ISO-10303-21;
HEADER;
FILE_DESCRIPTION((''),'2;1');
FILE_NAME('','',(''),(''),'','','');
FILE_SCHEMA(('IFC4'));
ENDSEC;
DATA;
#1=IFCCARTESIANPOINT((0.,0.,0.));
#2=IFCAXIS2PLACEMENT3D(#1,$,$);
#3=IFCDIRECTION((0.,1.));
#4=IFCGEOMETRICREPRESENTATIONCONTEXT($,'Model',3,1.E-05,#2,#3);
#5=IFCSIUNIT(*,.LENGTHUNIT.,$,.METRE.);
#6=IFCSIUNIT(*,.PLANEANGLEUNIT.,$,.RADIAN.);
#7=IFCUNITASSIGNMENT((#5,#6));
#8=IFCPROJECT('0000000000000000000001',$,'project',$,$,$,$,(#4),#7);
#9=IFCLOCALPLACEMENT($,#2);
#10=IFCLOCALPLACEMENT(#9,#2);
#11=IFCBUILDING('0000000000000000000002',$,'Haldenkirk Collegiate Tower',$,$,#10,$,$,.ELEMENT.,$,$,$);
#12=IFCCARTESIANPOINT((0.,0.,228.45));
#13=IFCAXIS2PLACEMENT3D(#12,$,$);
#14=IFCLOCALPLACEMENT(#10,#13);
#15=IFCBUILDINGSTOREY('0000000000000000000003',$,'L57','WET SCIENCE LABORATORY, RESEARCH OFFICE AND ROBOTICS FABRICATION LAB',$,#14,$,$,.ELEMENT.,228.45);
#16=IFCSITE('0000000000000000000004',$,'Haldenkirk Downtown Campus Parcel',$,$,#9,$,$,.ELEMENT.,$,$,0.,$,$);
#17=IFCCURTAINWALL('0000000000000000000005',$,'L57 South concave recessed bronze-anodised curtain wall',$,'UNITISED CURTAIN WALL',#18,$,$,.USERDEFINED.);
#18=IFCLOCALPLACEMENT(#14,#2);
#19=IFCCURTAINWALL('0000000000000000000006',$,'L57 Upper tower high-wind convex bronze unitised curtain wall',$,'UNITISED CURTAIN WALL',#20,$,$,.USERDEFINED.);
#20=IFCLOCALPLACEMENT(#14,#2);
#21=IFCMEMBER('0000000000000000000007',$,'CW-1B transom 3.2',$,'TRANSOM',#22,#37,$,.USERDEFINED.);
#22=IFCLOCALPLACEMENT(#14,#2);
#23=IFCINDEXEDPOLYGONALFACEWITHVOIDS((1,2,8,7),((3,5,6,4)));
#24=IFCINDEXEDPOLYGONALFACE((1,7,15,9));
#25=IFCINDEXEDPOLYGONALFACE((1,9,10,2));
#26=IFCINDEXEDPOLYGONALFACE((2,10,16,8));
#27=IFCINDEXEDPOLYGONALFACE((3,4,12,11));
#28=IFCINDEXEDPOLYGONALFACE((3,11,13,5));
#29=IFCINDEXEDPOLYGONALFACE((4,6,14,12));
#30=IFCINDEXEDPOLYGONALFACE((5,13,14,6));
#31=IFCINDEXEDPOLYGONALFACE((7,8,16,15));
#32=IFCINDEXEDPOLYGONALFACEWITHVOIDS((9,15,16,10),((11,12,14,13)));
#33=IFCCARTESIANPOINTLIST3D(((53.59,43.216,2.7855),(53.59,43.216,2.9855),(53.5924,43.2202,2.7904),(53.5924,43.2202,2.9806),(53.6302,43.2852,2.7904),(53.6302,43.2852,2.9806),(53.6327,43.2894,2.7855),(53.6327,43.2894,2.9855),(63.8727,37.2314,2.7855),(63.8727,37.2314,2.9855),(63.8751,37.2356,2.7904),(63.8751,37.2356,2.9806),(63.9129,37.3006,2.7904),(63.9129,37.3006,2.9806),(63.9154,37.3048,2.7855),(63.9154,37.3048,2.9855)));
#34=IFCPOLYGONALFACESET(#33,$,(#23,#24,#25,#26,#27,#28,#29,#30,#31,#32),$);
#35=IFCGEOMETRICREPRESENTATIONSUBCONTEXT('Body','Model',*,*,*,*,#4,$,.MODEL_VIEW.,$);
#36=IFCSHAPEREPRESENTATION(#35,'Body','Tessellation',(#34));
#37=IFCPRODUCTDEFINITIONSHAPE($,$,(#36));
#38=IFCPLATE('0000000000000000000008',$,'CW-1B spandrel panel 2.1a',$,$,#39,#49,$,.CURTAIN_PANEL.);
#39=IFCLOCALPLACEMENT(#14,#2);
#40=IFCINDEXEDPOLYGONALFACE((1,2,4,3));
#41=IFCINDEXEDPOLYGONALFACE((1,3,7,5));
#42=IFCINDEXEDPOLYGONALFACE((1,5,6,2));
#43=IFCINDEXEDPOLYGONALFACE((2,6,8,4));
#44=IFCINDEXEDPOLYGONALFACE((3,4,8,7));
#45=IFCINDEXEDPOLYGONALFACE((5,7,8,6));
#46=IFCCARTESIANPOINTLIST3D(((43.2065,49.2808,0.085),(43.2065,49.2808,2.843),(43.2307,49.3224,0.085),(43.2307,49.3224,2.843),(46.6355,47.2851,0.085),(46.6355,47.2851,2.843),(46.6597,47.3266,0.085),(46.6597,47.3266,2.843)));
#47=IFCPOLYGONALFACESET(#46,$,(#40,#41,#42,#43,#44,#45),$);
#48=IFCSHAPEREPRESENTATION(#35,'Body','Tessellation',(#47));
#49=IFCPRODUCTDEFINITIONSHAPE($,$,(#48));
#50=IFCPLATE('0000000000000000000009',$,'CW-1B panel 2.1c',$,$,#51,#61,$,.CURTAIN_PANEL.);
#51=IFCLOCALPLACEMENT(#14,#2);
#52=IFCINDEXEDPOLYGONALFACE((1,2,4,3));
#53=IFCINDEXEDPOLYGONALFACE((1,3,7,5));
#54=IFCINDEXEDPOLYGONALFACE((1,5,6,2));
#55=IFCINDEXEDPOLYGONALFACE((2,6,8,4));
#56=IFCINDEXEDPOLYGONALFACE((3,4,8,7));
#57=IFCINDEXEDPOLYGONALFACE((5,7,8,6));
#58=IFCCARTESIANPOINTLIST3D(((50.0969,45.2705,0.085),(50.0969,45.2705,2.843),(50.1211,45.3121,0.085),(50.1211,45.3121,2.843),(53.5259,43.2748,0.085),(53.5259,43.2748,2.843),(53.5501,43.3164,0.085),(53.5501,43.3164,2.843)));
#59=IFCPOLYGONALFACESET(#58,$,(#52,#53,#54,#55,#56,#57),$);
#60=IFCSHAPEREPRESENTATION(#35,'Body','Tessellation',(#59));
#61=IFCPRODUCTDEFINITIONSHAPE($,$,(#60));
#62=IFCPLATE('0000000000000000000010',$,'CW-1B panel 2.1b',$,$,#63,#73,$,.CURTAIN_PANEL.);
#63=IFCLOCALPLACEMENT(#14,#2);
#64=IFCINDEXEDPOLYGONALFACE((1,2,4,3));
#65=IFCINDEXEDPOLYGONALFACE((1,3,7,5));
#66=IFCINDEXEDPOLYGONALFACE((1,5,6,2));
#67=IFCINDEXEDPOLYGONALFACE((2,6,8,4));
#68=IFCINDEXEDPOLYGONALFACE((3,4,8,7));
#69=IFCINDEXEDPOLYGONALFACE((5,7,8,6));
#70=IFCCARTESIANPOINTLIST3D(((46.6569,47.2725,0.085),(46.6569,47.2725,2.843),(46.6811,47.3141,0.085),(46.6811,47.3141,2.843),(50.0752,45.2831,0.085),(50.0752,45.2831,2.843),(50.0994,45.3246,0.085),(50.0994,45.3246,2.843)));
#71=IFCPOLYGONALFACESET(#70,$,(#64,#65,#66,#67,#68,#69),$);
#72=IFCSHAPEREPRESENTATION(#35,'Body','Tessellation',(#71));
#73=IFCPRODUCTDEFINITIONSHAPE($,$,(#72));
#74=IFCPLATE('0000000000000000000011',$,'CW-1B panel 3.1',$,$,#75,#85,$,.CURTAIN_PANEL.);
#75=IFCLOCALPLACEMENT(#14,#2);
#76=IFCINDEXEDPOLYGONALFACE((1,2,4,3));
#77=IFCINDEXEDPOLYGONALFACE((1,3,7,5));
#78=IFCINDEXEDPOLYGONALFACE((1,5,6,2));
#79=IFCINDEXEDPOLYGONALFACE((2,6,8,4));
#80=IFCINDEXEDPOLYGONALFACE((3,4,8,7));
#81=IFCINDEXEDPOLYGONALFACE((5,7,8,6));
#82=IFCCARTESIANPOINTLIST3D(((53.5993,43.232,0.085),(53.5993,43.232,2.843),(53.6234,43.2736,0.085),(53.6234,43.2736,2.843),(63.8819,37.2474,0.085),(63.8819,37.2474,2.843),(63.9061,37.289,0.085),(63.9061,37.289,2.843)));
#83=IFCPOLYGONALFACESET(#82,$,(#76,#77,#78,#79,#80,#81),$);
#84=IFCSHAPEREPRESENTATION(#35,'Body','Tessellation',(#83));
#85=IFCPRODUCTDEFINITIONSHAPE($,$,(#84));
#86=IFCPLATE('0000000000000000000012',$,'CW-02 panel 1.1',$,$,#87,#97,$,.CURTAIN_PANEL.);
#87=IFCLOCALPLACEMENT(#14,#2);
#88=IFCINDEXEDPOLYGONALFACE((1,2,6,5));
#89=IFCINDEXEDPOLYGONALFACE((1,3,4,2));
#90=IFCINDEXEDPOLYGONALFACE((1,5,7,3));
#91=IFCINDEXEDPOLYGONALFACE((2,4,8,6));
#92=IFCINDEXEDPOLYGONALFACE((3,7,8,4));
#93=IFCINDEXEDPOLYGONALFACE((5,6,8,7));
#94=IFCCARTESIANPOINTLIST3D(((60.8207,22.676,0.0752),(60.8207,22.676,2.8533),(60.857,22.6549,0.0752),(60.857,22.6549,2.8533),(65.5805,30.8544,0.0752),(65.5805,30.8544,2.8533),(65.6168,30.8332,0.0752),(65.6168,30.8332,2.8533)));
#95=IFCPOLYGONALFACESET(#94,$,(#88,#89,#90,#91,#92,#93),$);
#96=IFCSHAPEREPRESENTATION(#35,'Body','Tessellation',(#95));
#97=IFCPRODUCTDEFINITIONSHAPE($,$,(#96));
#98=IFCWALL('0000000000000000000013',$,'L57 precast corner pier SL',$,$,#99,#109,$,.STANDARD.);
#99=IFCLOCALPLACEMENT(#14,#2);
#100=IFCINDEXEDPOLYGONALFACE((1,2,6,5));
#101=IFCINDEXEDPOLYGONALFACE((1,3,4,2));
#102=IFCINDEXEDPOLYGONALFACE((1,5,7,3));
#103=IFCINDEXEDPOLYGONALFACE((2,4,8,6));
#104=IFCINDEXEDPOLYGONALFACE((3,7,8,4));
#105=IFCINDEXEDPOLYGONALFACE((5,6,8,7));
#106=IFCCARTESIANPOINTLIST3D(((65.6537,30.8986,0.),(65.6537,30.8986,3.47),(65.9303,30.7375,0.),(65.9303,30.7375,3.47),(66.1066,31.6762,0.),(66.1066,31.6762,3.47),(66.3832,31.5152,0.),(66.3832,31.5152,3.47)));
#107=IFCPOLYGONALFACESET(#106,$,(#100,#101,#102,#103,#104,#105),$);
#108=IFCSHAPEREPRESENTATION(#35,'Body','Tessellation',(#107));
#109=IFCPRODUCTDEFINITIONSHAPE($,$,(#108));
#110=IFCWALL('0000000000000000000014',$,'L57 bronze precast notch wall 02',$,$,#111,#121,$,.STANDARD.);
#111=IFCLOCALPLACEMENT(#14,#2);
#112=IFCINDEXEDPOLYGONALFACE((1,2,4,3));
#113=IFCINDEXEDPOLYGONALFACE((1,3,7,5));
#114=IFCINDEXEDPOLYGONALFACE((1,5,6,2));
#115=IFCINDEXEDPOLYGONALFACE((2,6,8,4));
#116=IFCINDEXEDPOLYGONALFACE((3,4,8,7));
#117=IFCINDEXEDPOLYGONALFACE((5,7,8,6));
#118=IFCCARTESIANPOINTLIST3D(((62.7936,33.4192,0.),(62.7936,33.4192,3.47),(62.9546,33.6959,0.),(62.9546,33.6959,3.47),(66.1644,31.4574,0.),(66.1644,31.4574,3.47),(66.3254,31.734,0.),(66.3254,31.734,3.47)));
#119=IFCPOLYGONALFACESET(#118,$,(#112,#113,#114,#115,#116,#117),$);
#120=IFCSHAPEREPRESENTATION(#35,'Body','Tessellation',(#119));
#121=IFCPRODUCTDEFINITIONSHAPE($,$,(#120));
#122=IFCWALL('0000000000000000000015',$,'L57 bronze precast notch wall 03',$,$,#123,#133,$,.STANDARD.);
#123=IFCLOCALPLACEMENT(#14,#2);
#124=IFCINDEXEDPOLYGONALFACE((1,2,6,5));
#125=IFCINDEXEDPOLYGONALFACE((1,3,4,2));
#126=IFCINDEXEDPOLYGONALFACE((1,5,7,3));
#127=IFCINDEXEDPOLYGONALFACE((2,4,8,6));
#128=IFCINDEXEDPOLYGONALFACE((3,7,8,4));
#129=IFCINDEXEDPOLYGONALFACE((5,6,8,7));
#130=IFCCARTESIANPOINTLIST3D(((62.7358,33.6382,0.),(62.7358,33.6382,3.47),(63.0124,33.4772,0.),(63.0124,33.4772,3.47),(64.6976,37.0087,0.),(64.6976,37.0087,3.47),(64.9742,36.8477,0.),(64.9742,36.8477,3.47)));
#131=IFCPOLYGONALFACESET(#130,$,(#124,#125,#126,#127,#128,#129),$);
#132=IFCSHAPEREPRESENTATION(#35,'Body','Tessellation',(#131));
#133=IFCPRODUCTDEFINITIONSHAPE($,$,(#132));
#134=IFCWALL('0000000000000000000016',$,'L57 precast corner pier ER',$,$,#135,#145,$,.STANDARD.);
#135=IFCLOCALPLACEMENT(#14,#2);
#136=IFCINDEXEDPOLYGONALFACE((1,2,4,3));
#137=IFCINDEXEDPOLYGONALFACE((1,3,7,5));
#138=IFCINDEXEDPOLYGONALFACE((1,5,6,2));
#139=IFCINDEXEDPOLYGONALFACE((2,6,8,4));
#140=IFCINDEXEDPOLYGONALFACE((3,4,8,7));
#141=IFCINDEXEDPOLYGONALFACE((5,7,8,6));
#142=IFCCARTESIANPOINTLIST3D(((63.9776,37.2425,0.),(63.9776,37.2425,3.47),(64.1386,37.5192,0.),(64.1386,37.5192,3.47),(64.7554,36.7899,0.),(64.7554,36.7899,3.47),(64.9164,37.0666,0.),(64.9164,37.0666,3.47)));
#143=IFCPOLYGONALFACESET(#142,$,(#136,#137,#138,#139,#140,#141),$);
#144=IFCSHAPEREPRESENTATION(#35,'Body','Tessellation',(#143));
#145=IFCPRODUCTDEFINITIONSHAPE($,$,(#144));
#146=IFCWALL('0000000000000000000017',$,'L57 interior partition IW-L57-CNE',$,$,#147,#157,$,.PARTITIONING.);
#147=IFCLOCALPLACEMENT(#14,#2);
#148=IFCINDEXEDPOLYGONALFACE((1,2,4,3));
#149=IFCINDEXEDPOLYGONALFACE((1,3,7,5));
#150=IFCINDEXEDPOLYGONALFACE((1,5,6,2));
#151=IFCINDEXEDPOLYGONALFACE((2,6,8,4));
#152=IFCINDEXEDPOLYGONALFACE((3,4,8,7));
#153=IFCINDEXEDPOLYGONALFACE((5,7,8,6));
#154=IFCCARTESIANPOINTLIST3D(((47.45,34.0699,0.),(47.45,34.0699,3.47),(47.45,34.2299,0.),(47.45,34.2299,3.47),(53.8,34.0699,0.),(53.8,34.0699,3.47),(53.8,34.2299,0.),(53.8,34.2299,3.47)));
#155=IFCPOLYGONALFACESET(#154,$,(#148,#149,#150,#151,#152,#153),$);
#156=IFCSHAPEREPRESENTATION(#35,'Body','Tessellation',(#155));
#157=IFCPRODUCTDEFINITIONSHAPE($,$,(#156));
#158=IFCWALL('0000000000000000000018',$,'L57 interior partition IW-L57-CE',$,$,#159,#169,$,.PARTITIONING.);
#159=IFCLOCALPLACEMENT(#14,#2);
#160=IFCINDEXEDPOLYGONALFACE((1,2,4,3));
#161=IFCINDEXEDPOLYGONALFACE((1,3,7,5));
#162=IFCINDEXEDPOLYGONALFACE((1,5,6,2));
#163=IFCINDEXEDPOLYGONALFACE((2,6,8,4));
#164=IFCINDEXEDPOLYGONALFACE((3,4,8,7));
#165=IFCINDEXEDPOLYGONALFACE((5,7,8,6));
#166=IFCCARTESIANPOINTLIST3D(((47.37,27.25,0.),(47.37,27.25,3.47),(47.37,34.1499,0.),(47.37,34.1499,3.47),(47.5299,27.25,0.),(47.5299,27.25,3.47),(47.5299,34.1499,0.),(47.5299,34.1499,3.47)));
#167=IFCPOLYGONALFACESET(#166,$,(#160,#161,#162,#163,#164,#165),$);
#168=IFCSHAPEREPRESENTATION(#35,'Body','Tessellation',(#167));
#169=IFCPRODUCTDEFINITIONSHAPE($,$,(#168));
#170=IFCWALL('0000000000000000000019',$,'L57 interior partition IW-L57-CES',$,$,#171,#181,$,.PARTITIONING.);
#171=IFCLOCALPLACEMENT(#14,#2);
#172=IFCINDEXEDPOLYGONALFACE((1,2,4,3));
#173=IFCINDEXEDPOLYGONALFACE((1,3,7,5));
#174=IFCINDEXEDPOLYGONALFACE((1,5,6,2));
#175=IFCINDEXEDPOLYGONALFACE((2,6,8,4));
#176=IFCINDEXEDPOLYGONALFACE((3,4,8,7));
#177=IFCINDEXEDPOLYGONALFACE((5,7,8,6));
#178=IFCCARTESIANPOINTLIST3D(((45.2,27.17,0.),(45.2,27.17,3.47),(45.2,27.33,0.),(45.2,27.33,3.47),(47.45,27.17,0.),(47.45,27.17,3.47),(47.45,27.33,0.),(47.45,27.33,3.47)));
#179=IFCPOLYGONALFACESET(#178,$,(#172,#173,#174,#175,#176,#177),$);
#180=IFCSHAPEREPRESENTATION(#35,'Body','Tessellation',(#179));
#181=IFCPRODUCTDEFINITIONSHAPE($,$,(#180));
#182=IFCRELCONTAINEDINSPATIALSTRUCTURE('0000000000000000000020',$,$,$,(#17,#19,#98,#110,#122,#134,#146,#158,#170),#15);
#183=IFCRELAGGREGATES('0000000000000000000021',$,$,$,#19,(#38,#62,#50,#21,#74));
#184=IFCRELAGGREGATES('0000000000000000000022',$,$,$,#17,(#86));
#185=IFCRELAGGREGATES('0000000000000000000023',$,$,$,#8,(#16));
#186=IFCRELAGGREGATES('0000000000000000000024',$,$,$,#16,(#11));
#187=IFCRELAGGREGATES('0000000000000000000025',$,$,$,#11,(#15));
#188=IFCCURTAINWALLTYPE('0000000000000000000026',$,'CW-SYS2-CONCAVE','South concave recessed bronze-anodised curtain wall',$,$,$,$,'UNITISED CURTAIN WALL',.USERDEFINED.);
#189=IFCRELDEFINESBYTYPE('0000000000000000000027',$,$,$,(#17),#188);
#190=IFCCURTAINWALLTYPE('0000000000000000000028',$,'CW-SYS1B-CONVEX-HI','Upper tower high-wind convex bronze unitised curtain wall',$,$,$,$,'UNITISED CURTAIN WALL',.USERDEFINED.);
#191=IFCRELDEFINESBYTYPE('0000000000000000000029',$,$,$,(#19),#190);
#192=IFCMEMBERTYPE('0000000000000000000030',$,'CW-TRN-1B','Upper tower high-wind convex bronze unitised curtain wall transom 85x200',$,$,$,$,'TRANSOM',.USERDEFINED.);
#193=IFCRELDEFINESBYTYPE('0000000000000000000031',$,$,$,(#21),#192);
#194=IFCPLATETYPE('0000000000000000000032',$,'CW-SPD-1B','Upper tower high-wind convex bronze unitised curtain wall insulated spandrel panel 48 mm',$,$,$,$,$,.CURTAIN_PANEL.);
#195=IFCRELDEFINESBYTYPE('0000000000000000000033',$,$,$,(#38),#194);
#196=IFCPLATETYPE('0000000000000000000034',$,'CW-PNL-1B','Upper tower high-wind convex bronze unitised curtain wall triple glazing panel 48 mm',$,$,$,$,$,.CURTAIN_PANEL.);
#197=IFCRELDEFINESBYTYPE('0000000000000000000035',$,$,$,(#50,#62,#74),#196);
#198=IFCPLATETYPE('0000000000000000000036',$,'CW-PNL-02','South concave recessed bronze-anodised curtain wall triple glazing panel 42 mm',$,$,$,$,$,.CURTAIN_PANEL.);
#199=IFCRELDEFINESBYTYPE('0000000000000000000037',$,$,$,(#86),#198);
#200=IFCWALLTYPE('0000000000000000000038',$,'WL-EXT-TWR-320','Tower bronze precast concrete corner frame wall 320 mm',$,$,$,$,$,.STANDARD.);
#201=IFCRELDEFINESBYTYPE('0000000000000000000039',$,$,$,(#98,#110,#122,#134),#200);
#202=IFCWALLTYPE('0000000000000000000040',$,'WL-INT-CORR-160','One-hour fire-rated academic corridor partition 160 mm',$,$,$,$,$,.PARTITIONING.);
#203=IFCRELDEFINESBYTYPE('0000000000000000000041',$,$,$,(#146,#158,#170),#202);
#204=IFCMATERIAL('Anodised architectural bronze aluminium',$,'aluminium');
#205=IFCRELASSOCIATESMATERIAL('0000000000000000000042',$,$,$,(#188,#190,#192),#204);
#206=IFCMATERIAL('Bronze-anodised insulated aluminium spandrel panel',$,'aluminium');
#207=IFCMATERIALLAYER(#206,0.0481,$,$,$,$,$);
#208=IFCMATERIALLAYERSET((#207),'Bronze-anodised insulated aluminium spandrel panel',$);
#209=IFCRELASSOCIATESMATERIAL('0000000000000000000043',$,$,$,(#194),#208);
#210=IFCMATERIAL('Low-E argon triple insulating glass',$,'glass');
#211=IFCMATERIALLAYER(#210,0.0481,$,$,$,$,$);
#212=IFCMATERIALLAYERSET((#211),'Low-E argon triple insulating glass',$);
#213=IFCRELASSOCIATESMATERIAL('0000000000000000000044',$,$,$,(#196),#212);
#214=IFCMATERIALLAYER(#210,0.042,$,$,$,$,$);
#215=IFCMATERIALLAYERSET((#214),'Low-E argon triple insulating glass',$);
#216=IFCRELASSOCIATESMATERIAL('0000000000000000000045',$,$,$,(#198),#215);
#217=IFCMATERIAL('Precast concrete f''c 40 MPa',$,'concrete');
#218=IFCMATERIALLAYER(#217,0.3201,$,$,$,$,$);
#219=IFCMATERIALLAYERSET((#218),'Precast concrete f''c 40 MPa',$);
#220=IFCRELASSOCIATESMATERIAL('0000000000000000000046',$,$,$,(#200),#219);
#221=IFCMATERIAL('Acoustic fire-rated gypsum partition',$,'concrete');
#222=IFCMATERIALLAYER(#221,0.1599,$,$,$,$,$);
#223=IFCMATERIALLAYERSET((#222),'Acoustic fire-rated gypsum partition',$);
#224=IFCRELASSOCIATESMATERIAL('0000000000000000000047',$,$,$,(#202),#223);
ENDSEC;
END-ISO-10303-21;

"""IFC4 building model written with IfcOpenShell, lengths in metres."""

from ifc_helpers import new_model, si_unit, direction, frame, frame_2d, origin, origin_2d, place, context, subcontext, project, spatial, rectangle, hollow_rectangle, extrude, source, transform, mapped, material, layer, layer_set, material_profile, profile_set, type_object, element, aggregate, save


model = new_model("IFC4")

# Units and contexts
model_context = context("Model", 3, precision=1e-05, world=origin(), true_north=direction((0.0, 1.0)))
body_context = subcontext(model_context, "Body", "Model", "MODEL_VIEW")
ifc_project = project(units=[si_unit("LENGTHUNIT", "METRE"), si_unit("PLANEANGLEUNIT", "RADIAN")], contexts=[model_context])

# Site, building, storey
site_placement = place(None, origin())
site = spatial("IfcSite", under=ifc_project, at=site_placement, Name="Haldenkirk Downtown Campus Parcel", CompositionType="ELEMENT", RefElevation=0.0)
building_placement = place(site_placement, origin())
building = spatial("IfcBuilding", under=site, at=building_placement, Name="Haldenkirk Collegiate Tower", CompositionType="ELEMENT")
storey_placement = place(building_placement, frame((0.0, 0.0, 228.45)))
storey = spatial("IfcBuildingStorey", under=building, at=storey_placement, Name="L57", Description="WET SCIENCE LABORATORY, RESEARCH OFFICE AND ROBOTICS FABRICATION LAB", CompositionType="ELEMENT", Elevation=228.45)

# Curtain wall
ifc_material_1 = material(Name="Anodised architectural bronze aluminium", Category="aluminium")
curtain_wall_type_1 = type_object("IfcCurtainWallType", Name="CW-SYS2-CONCAVE", Description="South concave recessed bronze-anodised curtain wall", ElementType="UNITISED CURTAIN WALL", PredefinedType="USERDEFINED", material=ifc_material_1)
curtain_wall_1_placement = place(storey_placement, origin())
curtain_wall_1 = element("IfcCurtainWall", 1, at=curtain_wall_1_placement, inside=storey, type_object=curtain_wall_type_1, Name="L57 South concave recessed bronze-anodised curtain wall", ObjectType="UNITISED CURTAIN WALL", PredefinedType="USERDEFINED")

# Curtain wall
curtain_wall_type_2 = type_object("IfcCurtainWallType", Name="CW-SYS1B-CONVEX-HI", Description="Upper tower high-wind convex bronze unitised curtain wall", ElementType="UNITISED CURTAIN WALL", PredefinedType="USERDEFINED", material=ifc_material_1)
curtain_wall_2_placement = place(storey_placement, origin())
curtain_wall_2 = element("IfcCurtainWall", 2, at=curtain_wall_2_placement, inside=storey, type_object=curtain_wall_type_2, Name="L57 Upper tower high-wind convex bronze unitised curtain wall", ObjectType="UNITISED CURTAIN WALL", PredefinedType="USERDEFINED")

# Member
ifc_material_profile_1 = material_profile(ifc_material_1, hollow_rectangle(XDim=0.085, YDim=0.2, WallThickness=0.0049, at=origin_2d()), Name="CW-TRN-1B")
ifc_profile_set_1 = profile_set([ifc_material_profile_1], Name="Anodised architectural bronze aluminium")
member_type_1 = type_object("IfcMemberType", Name="CW-TRN-1B", Description="Upper tower high-wind convex bronze unitised curtain wall transom 85x200", ElementType="TRANSOM", PredefinedType="USERDEFINED", material=ifc_profile_set_1)
member_1_placement = place(storey_placement, frame((53.6113, 43.2527, 2.8855), z_axis=(0.864277, -0.503016, 0.0), x_axis=(0.503016, 0.864277, 0.0)))
member_1 = element("IfcMember", 3, at=member_1_placement, type_object=member_type_1, Name="CW-1B transom 3.2", ObjectType="TRANSOM", PredefinedType="USERDEFINED", context=body_context, shape_type="SweptSolid", body=[
    extrude(hollow_rectangle(XDim=0.085, YDim=0.2, WallThickness=0.0049, at=origin_2d()), origin(), (0.0, 0.0, 1.0), 11.8975),
])

# Plates
ifc_material_2 = material(Name="Bronze-anodised insulated aluminium spandrel panel", Category="aluminium")
ifc_layer_1 = layer(ifc_material_2, 0.0481)
ifc_layer_set_1 = layer_set([ifc_layer_1], Name="Bronze-anodised insulated aluminium spandrel panel")
plate_type_1 = type_object("IfcPlateType", Name="CW-SPD-1B", Description="Upper tower high-wind convex bronze unitised curtain wall insulated spandrel panel 48 mm", PredefinedType="CURTAIN_PANEL", material=ifc_layer_set_1)
shared_shape_1 = source(origin(), body_context, "Body", "SweptSolid", [
    extrude(rectangle(XDim=3.9675, YDim=0.0481, at=origin_2d()), origin(), (0.0, 0.0, 1.0), 2.7581),
])
plate_1_placement = place(storey_placement, frame((44.9331, 48.3037, 0.085), z_axis=(0.0, 0.0, 1.0), x_axis=(0.864275, -0.50302, 0.0)))
plate_1 = element("IfcPlate", 4, at=plate_1_placement, type_object=plate_type_1, Name="CW-1B spandrel panel 2.1a", PredefinedType="CURTAIN_PANEL", context=body_context, shape_type="MappedRepresentation", body=[
    mapped(shared_shape_1, transform((0.0, 0.0, 0.0), x_axis=(1.0, 0.0, 0.0), y_axis=(0.0, 1.0, 0.0), z_axis=(0.0, 0.0, 1.0), scale=1.0)),
])
ifc_material_3 = material(Name="Low-E argon triple insulating glass", Category="glass")
ifc_layer_2 = layer(ifc_material_3, 0.0481)
ifc_layer_set_2 = layer_set([ifc_layer_2], Name="Low-E argon triple insulating glass")
plate_type_2 = type_object("IfcPlateType", Name="CW-PNL-1B", Description="Upper tower high-wind convex bronze unitised curtain wall triple glazing panel 48 mm", PredefinedType="CURTAIN_PANEL", material=ifc_layer_set_2)
plate_2_placement = place(storey_placement, frame((51.8235, 44.2935, 0.085), z_axis=(0.0, 0.0, 1.0), x_axis=(0.864275, -0.50302, 0.0)))
plate_2 = element("IfcPlate", 5, at=plate_2_placement, type_object=plate_type_2, Name="CW-1B panel 2.1c", PredefinedType="CURTAIN_PANEL", context=body_context, shape_type="MappedRepresentation", body=[
    mapped(shared_shape_1, transform((0.0, 0.0, 0.0), x_axis=(1.0, 0.0, 0.0), y_axis=(0.0, 1.0, 0.0), z_axis=(0.0, 0.0, 1.0), scale=1.0)),
])
shared_shape_2 = source(origin(), body_context, "Body", "SweptSolid", [
    extrude(rectangle(XDim=3.9551, YDim=0.0481, at=origin_2d()), origin(), (0.0, 0.0, 1.0), 2.7581),
])
plate_3_placement = place(storey_placement, frame((48.3782, 46.2986, 0.085), z_axis=(0.0, 0.0, 1.0), x_axis=(0.864275, -0.50302, 0.0)))
plate_3 = element("IfcPlate", 6, at=plate_3_placement, type_object=plate_type_2, Name="CW-1B panel 2.1b", PredefinedType="CURTAIN_PANEL", context=body_context, shape_type="MappedRepresentation", body=[
    mapped(shared_shape_2, transform((0.0, 0.0, 0.0), x_axis=(1.0, 0.0, 0.0), y_axis=(0.0, 1.0, 0.0), z_axis=(0.0, 0.0, 1.0), scale=1.0)),
])
shared_shape_3 = source(origin(), body_context, "Body", "SweptSolid", [
    extrude(rectangle(XDim=11.8975, YDim=0.0481, at=origin_2d()), origin(), (0.0, 0.0, 1.0), 2.7581),
])
plate_4_placement = place(storey_placement, frame((58.7527, 40.2605, 0.085), z_axis=(0.0, 0.0, 1.0), x_axis=(0.864275, -0.50302, 0.0)))
plate_4 = element("IfcPlate", 7, at=plate_4_placement, type_object=plate_type_2, Name="CW-1B panel 3.1", PredefinedType="CURTAIN_PANEL", context=body_context, shape_type="MappedRepresentation", body=[
    mapped(shared_shape_3, transform((0.0, 0.0, 0.0), x_axis=(1.0, 0.0, 0.0), y_axis=(0.0, 1.0, 0.0), z_axis=(0.0, 0.0, 1.0), scale=1.0)),
])
aggregate(curtain_wall_2, [plate_1, plate_3, plate_2, member_1, plate_4])
ifc_layer_3 = layer(ifc_material_3, 0.042)
ifc_layer_set_3 = layer_set([ifc_layer_3], Name="Low-E argon triple insulating glass")
plate_type_3 = type_object("IfcPlateType", Name="CW-PNL-02", Description="South concave recessed bronze-anodised curtain wall triple glazing panel 42 mm", PredefinedType="CURTAIN_PANEL", material=ifc_layer_set_3)
shared_shape_4 = source(origin(), body_context, "Body", "SweptSolid", [
    extrude(rectangle(XDim=9.4626, YDim=0.042, at=origin_2d()), origin(), (0.0, 0.0, 1.0), 2.7781),
])
plate_5_placement = place(storey_placement, frame((63.2188, 26.7546, 0.0752), z_axis=(0.0, 0.0, 1.0), x_axis=(-0.503019, -0.864276, 0.0)))
plate_5 = element("IfcPlate", 8, at=plate_5_placement, type_object=plate_type_3, Name="CW-02 panel 1.1", PredefinedType="CURTAIN_PANEL", context=body_context, shape_type="MappedRepresentation", body=[
    mapped(shared_shape_4, transform((0.0, 0.0, 0.0), x_axis=(1.0, 0.0, 0.0), y_axis=(0.0, 1.0, 0.0), z_axis=(0.0, 0.0, 1.0), scale=1.0)),
])
aggregate(curtain_wall_1, [plate_5])

# Walls
ifc_material_4 = material(Name="Precast concrete f'c 40 MPa", Category="concrete")
ifc_layer_4 = layer(ifc_material_4, 0.3201)
ifc_layer_set_4 = layer_set([ifc_layer_4], Name="Precast concrete f'c 40 MPa")
wall_type_1 = type_object("IfcWallType", Name="WL-EXT-TWR-320", Description="Tower bronze precast concrete corner frame wall 320 mm", PredefinedType="STANDARD", material=ifc_layer_set_4)
wall_1_placement = place(storey_placement, frame((66.2449, 31.5957, 0.0), z_axis=(0.0, 0.0, 1.0), x_axis=(-0.50328, -0.864123, 0.0)))
element("IfcWall", 9, at=wall_1_placement, inside=storey, type_object=wall_type_1, Name="L57 precast corner pier SL", PredefinedType="STANDARD", context=body_context, shape_type="SweptSolid", body=[
    extrude(rectangle(XDim=0.8999, YDim=0.3201, at=frame_2d((0.45, 0.0))), origin(), (0.0, 0.0, 1.0), 3.47),
])
wall_2_placement = place(storey_placement, frame((62.874, 33.5576, 0.0), z_axis=(0.0, 0.0, 1.0), x_axis=(0.864271, -0.503026, 0.0)))
element("IfcWall", 10, at=wall_2_placement, inside=storey, type_object=wall_type_1, Name="L57 bronze precast notch wall 02", PredefinedType="STANDARD", context=body_context, shape_type="SweptSolid", body=[
    extrude(rectangle(XDim=3.9001, YDim=0.3201, at=frame_2d((1.9502, 0.0))), origin(), (0.0, 0.0, 1.0), 3.47),
])
wall_3_placement = place(storey_placement, frame((64.8359, 36.9282, 0.0), z_axis=(0.0, 0.0, 1.0), x_axis=(-0.503053, -0.864255, 0.0)))
element("IfcWall", 11, at=wall_3_placement, inside=storey, type_object=wall_type_1, Name="L57 bronze precast notch wall 03", PredefinedType="STANDARD", context=body_context, shape_type="SweptSolid", body=[
    extrude(rectangle(XDim=3.8999, YDim=0.3201, at=frame_2d((1.95, 0.0))), origin(), (0.0, 0.0, 1.0), 3.47),
])
wall_4_placement = place(storey_placement, frame((64.0581, 37.3809, 0.0), z_axis=(0.0, 0.0, 1.0), x_axis=(0.86431, -0.50296, 0.0)))
element("IfcWall", 12, at=wall_4_placement, inside=storey, type_object=wall_type_1, Name="L57 precast corner pier ER", PredefinedType="STANDARD", context=body_context, shape_type="SweptSolid", body=[
    extrude(rectangle(XDim=0.8999, YDim=0.3201, at=frame_2d((0.45, 0.0))), origin(), (0.0, 0.0, 1.0), 3.47),
])
ifc_material_5 = material(Name="Acoustic fire-rated gypsum partition", Category="concrete")
ifc_layer_5 = layer(ifc_material_5, 0.1599)
ifc_layer_set_5 = layer_set([ifc_layer_5], Name="Acoustic fire-rated gypsum partition")
wall_type_2 = type_object("IfcWallType", Name="WL-INT-CORR-160", Description="One-hour fire-rated academic corridor partition 160 mm", PredefinedType="PARTITIONING", material=ifc_layer_set_5)
wall_5_placement = place(storey_placement, frame((47.45, 34.1499, 0.0), z_axis=(0.0, 0.0, 1.0), x_axis=(1.0, 0.0, 0.0)))
element("IfcWall", 13, at=wall_5_placement, inside=storey, type_object=wall_type_2, Name="L57 interior partition IW-L57-CNE", PredefinedType="PARTITIONING", context=body_context, shape_type="SweptSolid", body=[
    extrude(rectangle(XDim=6.3501, YDim=0.1599, at=frame_2d((3.175, 0.0))), origin(), (0.0, 0.0, 1.0), 3.47),
])
wall_6_placement = place(storey_placement, frame((47.45, 27.25, 0.0), z_axis=(0.0, 0.0, 1.0), x_axis=(0.0, 1.0, 0.0)))
element("IfcWall", 14, at=wall_6_placement, inside=storey, type_object=wall_type_2, Name="L57 interior partition IW-L57-CE", PredefinedType="PARTITIONING", context=body_context, shape_type="SweptSolid", body=[
    extrude(rectangle(XDim=6.8999, YDim=0.1599, at=frame_2d((3.45, 0.0))), origin(), (0.0, 0.0, 1.0), 3.47),
])
wall_7_placement = place(storey_placement, frame((45.2, 27.25, 0.0), z_axis=(0.0, 0.0, 1.0), x_axis=(1.0, 0.0, 0.0)))
element("IfcWall", 15, at=wall_7_placement, inside=storey, type_object=wall_type_2, Name="L57 interior partition IW-L57-CES", PredefinedType="PARTITIONING", context=body_context, shape_type="SweptSolid", body=[
    extrude(rectangle(XDim=2.25, YDim=0.1599, at=frame_2d((1.125, 0.0))), origin(), (0.0, 0.0, 1.0), 3.47),
])

save(model, "model.ifc")
